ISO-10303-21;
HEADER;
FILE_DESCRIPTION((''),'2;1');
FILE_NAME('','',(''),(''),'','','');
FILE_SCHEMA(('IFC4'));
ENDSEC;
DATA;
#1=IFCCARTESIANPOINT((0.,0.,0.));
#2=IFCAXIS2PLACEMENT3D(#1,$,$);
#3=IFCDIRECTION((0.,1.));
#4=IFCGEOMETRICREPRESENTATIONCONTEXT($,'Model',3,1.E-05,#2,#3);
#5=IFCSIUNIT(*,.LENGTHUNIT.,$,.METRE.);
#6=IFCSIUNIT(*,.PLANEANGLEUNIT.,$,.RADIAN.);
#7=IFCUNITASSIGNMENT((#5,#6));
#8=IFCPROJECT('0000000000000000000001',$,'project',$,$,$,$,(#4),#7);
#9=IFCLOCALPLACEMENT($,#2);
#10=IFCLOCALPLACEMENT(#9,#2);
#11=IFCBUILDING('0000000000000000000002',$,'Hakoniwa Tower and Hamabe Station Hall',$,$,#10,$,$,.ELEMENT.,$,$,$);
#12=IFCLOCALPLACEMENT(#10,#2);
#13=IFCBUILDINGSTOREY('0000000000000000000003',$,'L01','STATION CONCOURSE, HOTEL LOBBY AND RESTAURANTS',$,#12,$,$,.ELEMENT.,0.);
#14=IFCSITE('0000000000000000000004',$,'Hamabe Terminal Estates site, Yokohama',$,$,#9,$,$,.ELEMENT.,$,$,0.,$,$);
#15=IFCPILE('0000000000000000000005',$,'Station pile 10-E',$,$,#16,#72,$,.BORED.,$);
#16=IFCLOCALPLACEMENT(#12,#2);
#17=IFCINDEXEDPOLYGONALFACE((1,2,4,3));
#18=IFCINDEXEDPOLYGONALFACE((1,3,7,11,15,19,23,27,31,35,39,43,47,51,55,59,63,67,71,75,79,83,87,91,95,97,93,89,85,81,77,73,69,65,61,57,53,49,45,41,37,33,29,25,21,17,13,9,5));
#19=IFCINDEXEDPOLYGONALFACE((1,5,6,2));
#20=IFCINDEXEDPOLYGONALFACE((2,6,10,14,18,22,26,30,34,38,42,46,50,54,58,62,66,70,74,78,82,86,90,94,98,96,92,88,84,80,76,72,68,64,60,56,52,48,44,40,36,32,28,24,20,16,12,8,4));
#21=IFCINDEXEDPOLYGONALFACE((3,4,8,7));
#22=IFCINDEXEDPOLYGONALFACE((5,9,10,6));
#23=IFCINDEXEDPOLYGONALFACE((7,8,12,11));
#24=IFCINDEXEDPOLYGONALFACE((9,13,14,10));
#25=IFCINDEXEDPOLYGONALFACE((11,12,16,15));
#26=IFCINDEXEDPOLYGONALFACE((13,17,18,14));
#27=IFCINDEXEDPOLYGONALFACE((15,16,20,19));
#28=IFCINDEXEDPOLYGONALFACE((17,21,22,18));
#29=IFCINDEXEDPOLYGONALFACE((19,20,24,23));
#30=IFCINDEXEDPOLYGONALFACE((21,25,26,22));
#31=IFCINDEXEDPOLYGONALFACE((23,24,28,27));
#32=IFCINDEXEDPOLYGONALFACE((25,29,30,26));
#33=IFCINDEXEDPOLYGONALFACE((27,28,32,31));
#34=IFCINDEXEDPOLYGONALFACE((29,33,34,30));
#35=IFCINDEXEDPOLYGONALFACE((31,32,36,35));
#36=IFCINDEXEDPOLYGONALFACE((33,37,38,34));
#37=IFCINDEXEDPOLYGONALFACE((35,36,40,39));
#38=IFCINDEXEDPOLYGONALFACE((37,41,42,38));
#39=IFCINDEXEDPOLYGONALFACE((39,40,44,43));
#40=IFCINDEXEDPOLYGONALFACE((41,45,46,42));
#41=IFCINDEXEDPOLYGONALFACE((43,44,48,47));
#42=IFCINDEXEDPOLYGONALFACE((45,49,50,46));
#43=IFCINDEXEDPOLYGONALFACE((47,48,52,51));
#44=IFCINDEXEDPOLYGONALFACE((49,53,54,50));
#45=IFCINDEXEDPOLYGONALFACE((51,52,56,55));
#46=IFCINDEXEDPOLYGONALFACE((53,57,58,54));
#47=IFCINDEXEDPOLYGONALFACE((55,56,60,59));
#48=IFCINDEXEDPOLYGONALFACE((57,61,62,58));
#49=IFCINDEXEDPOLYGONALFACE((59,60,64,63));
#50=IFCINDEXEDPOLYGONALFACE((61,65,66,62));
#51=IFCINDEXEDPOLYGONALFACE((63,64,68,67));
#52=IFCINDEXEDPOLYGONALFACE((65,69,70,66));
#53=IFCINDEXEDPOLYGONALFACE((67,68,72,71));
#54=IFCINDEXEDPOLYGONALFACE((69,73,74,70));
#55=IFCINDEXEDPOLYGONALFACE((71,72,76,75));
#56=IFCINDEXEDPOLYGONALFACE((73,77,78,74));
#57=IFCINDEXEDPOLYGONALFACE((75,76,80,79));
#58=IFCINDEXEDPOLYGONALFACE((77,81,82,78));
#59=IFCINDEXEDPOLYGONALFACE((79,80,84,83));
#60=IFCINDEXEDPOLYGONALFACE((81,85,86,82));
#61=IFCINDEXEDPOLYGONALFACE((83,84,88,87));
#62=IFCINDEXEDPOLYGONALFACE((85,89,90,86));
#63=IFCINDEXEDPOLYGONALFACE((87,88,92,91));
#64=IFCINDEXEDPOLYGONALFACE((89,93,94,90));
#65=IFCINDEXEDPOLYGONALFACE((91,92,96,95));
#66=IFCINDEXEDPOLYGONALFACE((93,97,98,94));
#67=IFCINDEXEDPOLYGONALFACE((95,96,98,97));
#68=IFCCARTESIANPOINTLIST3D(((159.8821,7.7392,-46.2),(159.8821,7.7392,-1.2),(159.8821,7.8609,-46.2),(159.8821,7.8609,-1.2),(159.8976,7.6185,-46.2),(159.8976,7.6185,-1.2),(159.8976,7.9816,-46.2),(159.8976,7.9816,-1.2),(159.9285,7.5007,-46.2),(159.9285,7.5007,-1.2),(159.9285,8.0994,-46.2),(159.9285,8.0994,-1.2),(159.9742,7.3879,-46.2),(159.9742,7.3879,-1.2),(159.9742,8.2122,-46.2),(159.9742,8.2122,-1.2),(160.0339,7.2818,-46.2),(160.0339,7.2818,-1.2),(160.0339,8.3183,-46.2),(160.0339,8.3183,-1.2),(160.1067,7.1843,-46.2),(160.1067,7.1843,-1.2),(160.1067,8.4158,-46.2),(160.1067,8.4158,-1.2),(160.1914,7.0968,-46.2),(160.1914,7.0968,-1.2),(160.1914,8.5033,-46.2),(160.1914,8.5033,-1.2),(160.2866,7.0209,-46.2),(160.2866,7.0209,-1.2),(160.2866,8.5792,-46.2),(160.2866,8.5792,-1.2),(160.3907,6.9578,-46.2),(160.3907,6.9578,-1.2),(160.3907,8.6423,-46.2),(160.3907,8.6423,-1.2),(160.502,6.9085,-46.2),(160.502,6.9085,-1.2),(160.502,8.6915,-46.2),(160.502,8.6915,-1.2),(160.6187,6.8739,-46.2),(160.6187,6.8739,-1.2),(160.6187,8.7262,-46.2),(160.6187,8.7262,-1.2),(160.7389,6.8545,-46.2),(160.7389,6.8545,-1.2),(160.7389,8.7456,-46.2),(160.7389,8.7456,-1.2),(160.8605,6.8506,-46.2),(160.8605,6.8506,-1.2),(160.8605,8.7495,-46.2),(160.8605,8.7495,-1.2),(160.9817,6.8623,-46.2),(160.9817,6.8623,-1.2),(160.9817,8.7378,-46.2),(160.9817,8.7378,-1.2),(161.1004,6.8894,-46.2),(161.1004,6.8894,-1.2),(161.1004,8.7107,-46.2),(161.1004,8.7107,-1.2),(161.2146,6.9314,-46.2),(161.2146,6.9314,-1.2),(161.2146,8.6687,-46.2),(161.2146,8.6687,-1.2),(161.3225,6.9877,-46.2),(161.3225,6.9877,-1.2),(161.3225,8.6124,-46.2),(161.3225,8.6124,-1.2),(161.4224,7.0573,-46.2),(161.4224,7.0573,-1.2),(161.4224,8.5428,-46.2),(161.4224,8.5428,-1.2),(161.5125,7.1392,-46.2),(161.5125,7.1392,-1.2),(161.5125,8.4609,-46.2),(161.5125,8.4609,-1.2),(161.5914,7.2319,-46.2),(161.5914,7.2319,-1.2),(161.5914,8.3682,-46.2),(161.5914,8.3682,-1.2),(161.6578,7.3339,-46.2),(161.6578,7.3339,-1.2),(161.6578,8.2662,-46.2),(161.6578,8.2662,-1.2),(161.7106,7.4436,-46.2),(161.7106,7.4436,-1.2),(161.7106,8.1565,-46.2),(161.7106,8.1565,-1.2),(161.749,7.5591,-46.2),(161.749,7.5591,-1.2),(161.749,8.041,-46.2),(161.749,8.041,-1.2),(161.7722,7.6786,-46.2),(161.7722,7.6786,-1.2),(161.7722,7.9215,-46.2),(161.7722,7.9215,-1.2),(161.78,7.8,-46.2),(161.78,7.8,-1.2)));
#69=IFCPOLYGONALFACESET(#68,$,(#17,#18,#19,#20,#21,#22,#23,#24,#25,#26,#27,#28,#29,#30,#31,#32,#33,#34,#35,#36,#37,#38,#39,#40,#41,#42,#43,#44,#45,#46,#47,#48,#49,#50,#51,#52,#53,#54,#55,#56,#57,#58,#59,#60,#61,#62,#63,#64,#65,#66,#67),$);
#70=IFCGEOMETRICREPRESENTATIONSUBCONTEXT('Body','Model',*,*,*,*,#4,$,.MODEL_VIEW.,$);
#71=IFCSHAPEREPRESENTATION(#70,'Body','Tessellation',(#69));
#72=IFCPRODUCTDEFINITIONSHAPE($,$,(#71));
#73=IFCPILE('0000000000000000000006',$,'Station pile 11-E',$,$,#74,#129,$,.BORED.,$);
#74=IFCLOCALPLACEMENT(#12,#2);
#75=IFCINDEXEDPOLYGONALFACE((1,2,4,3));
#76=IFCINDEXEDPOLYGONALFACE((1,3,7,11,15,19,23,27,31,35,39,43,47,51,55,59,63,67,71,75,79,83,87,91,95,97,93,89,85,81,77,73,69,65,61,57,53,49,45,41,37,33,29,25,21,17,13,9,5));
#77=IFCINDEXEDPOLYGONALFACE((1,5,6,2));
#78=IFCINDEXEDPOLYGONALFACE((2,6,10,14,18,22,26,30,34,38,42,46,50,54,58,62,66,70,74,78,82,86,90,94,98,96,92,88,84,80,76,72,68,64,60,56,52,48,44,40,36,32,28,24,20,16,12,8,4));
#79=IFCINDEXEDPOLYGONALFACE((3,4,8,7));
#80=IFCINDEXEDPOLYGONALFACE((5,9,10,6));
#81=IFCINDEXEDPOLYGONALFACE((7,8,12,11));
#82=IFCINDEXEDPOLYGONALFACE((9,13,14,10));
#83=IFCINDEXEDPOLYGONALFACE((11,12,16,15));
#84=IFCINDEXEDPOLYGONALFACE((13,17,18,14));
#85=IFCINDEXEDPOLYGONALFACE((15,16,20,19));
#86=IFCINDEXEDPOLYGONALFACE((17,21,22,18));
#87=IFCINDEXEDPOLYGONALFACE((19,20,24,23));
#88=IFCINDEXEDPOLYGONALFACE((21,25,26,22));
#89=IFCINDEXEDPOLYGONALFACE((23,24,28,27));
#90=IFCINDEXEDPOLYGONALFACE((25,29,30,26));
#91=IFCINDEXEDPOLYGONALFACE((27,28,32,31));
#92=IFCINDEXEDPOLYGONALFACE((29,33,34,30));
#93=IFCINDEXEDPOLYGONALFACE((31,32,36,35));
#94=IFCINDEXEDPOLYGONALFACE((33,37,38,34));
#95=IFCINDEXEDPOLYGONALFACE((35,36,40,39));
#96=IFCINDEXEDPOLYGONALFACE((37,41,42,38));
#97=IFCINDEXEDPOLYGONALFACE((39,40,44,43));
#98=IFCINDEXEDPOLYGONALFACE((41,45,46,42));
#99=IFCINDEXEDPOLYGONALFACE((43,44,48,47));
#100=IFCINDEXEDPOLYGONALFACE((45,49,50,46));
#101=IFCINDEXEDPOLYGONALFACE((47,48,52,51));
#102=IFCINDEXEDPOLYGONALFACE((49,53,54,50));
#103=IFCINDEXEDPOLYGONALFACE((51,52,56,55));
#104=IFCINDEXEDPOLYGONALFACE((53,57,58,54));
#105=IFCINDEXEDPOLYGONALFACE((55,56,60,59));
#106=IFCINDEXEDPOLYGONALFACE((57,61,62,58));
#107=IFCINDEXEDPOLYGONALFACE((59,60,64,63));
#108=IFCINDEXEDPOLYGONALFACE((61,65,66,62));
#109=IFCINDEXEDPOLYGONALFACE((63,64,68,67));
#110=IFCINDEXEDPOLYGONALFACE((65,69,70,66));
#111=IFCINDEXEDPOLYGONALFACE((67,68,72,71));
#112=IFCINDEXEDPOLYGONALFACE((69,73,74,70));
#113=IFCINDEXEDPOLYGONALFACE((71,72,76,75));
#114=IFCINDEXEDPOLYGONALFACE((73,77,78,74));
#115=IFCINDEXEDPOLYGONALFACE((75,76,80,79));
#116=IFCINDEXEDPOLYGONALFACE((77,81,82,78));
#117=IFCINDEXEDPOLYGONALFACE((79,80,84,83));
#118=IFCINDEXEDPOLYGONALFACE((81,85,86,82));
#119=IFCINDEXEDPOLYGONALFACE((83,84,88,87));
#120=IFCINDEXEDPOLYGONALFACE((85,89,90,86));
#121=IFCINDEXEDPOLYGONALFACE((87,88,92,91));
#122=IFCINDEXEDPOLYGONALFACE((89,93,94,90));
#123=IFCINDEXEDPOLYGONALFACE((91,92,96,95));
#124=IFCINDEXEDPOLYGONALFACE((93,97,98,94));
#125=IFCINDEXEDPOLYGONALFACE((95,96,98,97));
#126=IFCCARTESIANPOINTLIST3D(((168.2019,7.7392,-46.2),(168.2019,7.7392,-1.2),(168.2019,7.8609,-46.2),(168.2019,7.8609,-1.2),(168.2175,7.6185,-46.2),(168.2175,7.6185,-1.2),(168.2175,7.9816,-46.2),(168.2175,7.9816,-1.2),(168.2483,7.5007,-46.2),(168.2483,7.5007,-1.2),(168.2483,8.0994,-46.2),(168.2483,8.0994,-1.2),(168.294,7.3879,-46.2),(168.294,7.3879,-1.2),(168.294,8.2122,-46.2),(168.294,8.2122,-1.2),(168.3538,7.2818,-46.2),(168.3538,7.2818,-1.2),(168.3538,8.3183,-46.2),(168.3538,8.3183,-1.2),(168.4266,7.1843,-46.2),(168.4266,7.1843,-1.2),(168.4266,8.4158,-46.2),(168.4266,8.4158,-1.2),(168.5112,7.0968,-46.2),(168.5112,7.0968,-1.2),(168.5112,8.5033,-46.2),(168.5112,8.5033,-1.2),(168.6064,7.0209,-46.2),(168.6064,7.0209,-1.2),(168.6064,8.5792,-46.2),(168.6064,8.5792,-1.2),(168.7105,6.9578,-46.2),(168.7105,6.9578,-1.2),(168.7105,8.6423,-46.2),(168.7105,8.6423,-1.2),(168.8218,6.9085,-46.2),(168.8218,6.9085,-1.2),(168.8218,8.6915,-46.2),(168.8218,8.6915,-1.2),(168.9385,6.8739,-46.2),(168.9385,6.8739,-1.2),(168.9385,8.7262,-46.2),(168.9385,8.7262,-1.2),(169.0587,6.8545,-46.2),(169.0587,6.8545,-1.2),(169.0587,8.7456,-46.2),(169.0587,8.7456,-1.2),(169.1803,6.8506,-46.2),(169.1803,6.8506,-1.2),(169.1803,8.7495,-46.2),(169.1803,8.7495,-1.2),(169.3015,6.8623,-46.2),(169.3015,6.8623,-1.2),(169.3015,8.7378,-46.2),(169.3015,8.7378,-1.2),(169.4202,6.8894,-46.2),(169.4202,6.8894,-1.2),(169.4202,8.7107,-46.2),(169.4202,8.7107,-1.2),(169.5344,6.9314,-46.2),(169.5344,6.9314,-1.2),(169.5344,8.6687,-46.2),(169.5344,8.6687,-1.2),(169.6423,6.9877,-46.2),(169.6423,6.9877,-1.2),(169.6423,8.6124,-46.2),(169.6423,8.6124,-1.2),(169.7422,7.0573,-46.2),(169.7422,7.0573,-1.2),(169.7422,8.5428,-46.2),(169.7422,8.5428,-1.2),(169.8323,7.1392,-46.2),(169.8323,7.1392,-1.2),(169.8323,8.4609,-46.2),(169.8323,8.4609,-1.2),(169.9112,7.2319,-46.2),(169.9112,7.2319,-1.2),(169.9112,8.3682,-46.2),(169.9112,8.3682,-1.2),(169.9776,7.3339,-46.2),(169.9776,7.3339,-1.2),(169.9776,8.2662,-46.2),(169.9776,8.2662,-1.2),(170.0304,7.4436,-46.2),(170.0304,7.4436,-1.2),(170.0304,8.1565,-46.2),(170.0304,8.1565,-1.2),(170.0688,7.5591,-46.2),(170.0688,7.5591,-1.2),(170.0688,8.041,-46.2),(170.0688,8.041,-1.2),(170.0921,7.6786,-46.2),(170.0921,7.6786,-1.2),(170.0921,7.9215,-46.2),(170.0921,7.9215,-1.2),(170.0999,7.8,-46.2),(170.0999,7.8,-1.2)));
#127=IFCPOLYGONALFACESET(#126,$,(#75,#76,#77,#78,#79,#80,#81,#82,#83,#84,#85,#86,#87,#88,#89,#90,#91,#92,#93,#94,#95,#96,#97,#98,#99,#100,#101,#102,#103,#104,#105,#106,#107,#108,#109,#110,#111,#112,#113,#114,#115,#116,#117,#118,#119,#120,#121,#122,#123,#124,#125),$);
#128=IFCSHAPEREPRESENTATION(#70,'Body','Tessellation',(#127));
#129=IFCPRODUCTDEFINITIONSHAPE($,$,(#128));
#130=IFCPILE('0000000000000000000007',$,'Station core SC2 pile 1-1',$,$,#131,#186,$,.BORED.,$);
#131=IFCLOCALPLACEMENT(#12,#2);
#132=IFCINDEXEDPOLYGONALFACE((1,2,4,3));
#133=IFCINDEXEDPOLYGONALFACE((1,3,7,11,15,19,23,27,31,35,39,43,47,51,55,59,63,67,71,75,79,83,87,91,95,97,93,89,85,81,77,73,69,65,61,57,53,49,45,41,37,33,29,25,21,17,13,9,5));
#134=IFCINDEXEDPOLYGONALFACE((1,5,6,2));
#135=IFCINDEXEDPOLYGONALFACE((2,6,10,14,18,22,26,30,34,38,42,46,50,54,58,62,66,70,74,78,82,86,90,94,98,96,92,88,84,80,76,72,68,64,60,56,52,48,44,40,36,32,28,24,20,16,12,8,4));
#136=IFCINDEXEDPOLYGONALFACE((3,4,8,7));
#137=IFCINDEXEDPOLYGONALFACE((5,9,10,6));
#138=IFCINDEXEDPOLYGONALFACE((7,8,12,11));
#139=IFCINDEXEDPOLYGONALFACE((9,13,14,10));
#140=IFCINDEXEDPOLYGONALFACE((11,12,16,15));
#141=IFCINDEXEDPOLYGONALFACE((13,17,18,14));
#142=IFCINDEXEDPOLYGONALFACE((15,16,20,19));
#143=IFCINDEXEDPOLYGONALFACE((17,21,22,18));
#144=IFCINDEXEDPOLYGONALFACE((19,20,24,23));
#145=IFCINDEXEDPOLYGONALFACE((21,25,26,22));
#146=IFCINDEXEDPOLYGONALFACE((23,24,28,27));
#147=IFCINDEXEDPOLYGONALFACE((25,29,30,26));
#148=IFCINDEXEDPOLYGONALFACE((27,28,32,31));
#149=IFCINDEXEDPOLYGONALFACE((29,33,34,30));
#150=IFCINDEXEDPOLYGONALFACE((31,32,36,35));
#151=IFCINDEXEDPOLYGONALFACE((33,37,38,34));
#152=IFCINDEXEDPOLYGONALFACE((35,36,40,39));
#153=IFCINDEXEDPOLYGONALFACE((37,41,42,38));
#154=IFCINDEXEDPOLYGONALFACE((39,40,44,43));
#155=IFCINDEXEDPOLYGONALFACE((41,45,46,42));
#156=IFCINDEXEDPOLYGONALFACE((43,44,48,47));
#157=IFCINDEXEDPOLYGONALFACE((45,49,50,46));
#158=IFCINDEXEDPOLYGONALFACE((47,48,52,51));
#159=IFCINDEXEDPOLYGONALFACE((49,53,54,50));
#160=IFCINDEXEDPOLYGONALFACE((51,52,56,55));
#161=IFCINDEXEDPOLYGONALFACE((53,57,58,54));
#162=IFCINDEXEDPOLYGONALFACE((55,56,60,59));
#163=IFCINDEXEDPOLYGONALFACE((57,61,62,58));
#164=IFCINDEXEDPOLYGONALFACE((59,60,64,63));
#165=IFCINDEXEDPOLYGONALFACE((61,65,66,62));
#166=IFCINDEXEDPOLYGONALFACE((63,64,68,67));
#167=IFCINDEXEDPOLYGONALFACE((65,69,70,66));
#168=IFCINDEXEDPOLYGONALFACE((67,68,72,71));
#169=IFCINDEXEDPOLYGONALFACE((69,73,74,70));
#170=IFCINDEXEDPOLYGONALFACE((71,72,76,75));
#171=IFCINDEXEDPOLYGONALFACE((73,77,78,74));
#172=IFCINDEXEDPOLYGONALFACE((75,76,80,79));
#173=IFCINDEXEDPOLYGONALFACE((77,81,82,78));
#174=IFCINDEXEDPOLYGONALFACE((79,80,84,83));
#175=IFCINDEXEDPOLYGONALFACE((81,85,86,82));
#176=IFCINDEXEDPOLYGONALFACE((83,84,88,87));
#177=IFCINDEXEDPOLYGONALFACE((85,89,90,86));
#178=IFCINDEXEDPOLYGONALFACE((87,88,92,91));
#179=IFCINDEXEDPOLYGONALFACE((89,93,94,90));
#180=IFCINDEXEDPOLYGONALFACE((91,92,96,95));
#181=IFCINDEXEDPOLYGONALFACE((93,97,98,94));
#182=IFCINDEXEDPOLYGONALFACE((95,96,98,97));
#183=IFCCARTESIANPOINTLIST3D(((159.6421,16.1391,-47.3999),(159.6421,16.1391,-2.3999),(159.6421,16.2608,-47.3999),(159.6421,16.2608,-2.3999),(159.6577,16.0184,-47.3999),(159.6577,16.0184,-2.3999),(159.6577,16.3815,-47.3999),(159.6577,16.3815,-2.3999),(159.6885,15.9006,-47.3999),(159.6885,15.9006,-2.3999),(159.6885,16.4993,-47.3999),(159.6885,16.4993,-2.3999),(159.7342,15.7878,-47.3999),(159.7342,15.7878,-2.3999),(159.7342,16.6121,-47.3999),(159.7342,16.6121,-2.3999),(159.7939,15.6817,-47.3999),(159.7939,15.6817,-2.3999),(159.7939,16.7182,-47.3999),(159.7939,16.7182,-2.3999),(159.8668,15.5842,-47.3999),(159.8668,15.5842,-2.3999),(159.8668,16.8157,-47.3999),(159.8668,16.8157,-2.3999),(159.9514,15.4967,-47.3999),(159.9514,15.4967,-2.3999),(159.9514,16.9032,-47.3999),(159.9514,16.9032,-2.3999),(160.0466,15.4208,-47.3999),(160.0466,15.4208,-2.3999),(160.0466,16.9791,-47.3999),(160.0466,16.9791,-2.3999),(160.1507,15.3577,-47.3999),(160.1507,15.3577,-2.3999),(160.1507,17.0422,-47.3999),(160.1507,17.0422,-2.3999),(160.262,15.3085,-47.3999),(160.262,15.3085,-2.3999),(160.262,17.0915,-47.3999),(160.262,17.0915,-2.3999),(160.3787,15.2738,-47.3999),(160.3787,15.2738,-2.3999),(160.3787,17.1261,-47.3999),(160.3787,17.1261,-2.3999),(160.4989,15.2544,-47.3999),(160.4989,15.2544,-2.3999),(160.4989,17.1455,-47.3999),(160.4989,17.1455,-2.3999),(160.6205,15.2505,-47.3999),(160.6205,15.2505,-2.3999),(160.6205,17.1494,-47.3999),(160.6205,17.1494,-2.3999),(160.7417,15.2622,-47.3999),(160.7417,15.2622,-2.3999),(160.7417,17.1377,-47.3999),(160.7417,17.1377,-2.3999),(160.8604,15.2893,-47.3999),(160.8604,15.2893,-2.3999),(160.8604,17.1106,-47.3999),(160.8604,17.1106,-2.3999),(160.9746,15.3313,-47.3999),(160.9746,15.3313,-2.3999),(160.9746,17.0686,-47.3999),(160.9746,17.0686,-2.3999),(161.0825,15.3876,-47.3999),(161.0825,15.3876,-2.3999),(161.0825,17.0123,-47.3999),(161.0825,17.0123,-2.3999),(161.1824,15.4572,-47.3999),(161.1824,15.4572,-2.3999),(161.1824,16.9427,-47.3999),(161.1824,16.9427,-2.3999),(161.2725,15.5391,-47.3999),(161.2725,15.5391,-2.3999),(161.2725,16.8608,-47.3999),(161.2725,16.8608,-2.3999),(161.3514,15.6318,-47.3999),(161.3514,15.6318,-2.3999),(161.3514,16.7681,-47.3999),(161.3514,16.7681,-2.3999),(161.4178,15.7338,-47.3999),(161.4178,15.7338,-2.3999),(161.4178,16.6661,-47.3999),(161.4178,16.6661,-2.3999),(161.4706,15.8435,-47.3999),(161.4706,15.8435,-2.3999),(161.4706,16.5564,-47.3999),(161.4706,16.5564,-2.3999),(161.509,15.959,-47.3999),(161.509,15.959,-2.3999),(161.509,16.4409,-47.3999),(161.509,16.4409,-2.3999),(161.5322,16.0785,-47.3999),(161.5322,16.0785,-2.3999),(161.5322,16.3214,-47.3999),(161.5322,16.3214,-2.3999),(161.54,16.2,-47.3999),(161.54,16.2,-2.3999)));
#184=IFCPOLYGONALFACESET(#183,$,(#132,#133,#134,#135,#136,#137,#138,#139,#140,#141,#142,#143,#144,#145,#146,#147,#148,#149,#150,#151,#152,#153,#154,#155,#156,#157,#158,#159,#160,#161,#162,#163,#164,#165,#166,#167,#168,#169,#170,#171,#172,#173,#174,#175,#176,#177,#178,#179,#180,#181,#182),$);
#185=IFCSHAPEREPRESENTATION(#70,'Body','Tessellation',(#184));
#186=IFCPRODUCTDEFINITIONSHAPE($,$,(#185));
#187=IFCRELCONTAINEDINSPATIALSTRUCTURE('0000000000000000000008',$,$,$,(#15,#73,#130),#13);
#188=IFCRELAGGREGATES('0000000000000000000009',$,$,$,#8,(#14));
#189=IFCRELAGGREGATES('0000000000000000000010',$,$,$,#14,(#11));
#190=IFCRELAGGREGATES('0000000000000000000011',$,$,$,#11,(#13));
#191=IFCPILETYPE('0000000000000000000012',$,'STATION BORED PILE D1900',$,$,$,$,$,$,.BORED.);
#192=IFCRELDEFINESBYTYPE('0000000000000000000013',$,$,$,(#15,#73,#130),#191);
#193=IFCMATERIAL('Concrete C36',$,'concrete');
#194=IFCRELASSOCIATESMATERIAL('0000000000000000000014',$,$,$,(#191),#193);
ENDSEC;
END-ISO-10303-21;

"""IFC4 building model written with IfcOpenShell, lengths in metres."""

from ifc_helpers import new_model, si_unit, direction, frame, origin, origin_2d, place, context, subcontext, project, spatial, circle, extrude, material, material_profile, profile_set, type_object, element, save


model = new_model("IFC4")

# Units and contexts
model_context = context("Model", 3, precision=1e-05, world=origin(), true_north=direction((0.0, 1.0)))
body_context = subcontext(model_context, "Body", "Model", "MODEL_VIEW")
ifc_project = project(units=[si_unit("LENGTHUNIT", "METRE"), si_unit("PLANEANGLEUNIT", "RADIAN")], contexts=[model_context])

# Site, building, storey
site_placement = place(None, origin())
site = spatial("IfcSite", under=ifc_project, at=site_placement, Name="Hamabe Terminal Estates site, Yokohama", CompositionType="ELEMENT", RefElevation=0.0)
building_placement = place(site_placement, origin())
building = spatial("IfcBuilding", under=site, at=building_placement, Name="Hakoniwa Tower and Hamabe Station Hall", CompositionType="ELEMENT")
storey_placement = place(building_placement, origin())
storey = spatial("IfcBuildingStorey", under=building, at=storey_placement, Name="L01", Description="STATION CONCOURSE, HOTEL LOBBY AND RESTAURANTS", CompositionType="ELEMENT", Elevation=0.0)

# Piles
ifc_material_1 = material(Name="Concrete C36", Category="concrete")
ifc_material_profile_1 = material_profile(ifc_material_1, circle(Radius=0.95, at=origin_2d()), Name="STATION BORED PILE D1900")
ifc_profile_set_1 = profile_set([ifc_material_profile_1], Name="Concrete C36")
pile_type = type_object("IfcPileType", Name="STATION BORED PILE D1900", PredefinedType="BORED", material=ifc_profile_set_1)
for number, where, z_axis, x_axis, name in (
    (1, (160.8301, 7.8, -1.2), (0.0, 0.0, -1.0), (1.0, 0.0, 0.0), "Station pile 10-E"),
    (2, (169.1499, 7.8, -1.2), (0.0, 0.0, -1.0), (1.0, 0.0, 0.0), "Station pile 11-E"),
    (3, (160.5901, 16.2, -2.3999), (0.0, 0.0, -1.0), (1.0, 0.0, 0.0), "Station core SC2 pile 1-1"),
):
    element("IfcPile", number, at=place(storey_placement, frame(where, z_axis=z_axis, x_axis=x_axis)), inside=storey, type_object=pile_type, Name=name, PredefinedType="BORED", context=body_context, shape_type="SweptSolid", body=[
        extrude(circle(Radius=0.95, at=origin_2d()), origin(), (0.0, 0.0, 1.0), 45.0),
    ])

save(model, "model.ifc")
